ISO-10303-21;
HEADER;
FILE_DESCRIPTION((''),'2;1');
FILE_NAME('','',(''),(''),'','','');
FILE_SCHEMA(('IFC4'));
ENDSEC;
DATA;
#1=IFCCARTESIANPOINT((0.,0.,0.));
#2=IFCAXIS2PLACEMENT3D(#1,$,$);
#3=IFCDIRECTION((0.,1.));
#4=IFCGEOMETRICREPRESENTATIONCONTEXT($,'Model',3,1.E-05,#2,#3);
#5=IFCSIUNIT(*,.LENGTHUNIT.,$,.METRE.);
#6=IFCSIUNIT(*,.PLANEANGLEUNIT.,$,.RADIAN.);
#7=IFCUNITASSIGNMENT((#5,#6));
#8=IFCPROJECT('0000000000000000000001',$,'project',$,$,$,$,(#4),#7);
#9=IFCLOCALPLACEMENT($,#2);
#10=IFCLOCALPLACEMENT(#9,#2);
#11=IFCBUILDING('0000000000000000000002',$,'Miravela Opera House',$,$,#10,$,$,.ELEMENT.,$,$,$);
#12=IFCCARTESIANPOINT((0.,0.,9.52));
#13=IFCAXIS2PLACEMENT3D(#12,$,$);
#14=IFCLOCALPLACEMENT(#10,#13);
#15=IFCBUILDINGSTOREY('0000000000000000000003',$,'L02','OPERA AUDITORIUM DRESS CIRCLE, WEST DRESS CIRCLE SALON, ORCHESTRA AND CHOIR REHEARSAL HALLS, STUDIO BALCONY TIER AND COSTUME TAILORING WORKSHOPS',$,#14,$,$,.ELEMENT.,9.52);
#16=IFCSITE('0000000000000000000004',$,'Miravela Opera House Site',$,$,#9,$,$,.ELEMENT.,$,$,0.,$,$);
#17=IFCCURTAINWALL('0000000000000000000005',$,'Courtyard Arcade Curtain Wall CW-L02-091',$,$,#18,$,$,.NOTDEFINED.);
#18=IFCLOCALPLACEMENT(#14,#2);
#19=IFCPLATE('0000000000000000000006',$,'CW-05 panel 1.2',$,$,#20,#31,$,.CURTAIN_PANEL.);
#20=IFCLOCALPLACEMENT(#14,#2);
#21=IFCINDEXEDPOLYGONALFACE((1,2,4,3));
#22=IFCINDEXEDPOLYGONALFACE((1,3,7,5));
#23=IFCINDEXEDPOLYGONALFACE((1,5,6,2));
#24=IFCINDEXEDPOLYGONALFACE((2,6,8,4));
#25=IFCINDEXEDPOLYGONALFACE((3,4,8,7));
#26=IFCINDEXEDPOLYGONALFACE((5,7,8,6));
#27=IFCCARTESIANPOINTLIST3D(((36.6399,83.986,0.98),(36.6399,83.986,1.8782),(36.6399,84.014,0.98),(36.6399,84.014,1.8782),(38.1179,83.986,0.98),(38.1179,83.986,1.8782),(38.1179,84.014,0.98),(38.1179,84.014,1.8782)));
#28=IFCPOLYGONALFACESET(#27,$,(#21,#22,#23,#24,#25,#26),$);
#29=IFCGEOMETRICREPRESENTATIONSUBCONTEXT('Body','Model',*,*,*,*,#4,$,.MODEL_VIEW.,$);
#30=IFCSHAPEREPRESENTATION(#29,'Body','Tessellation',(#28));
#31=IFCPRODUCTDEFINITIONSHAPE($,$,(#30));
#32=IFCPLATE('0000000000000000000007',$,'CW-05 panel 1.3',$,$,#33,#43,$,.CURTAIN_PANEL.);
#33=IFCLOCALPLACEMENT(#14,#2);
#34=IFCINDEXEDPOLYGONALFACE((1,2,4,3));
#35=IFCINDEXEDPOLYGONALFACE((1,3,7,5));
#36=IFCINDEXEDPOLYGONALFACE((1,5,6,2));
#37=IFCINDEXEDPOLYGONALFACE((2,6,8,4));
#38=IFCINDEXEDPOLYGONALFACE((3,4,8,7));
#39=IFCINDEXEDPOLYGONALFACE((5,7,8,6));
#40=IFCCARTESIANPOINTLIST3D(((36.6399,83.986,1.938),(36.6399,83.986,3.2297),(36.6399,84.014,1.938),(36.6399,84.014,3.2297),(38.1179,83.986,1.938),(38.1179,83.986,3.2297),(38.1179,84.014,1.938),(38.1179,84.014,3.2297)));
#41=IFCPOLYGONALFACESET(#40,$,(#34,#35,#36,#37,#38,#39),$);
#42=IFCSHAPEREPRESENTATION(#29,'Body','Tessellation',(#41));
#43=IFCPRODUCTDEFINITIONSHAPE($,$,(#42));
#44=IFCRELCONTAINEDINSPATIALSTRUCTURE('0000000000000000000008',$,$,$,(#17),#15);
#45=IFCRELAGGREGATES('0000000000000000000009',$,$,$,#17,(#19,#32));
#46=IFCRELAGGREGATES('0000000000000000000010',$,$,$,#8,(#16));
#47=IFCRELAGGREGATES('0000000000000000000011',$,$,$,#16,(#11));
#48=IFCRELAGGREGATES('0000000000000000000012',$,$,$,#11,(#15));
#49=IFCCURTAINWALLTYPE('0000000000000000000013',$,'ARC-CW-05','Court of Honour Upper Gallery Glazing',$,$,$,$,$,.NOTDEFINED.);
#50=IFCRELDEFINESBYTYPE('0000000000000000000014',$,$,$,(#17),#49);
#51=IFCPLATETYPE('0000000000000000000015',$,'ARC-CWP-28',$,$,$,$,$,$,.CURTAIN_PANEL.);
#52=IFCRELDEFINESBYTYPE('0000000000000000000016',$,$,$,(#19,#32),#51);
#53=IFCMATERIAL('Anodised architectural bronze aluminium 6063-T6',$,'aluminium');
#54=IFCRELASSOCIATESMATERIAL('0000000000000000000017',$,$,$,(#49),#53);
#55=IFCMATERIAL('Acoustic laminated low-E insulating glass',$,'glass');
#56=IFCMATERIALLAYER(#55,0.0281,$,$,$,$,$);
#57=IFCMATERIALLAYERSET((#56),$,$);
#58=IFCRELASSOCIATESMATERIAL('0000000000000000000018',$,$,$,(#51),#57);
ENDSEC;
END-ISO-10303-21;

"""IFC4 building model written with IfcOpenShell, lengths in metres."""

from ifc_helpers import new_model, si_unit, direction, frame, origin, origin_2d, place, context, subcontext, project, spatial, rectangle, extrude, material, layer, layer_set, type_object, element, aggregate, save


model = new_model("IFC4")

# Units and contexts
model_context = context("Model", 3, precision=1e-05, world=origin(), true_north=direction((0.0, 1.0)))
body_context = subcontext(model_context, "Body", "Model", "MODEL_VIEW")
ifc_project = project(units=[si_unit("LENGTHUNIT", "METRE"), si_unit("PLANEANGLEUNIT", "RADIAN")], contexts=[model_context])

# Site, building, storey
site_placement = place(None, origin())
site = spatial("IfcSite", under=ifc_project, at=site_placement, Name="Miravela Opera House Site", CompositionType="ELEMENT", RefElevation=0.0)
building_placement = place(site_placement, origin())
building = spatial("IfcBuilding", under=site, at=building_placement, Name="Miravela Opera House", CompositionType="ELEMENT")
storey_placement = place(building_placement, frame((0.0, 0.0, 9.52)))
storey = spatial("IfcBuildingStorey", under=building, at=storey_placement, Name="L02", Description="OPERA AUDITORIUM DRESS CIRCLE, WEST DRESS CIRCLE SALON, ORCHESTRA AND CHOIR REHEARSAL HALLS, STUDIO BALCONY TIER AND COSTUME TAILORING WORKSHOPS", CompositionType="ELEMENT", Elevation=9.52)

# Shared definitions
ifc_material_1 = material(Name="Anodised architectural bronze aluminium 6063-T6", Category="aluminium")
curtain_wall_type = type_object("IfcCurtainWallType", Name="ARC-CW-05", Description="Court of Honour Upper Gallery Glazing", PredefinedType="NOTDEFINED", material=ifc_material_1)

# Curtain wall
curtain_wall_1_placement = place(storey_placement, origin())
curtain_wall_1 = element("IfcCurtainWall", 1, at=curtain_wall_1_placement, inside=storey, type_object=curtain_wall_type, Name="Courtyard Arcade Curtain Wall CW-L02-091", PredefinedType="NOTDEFINED")

# Plates
ifc_material_2 = material(Name="Acoustic laminated low-E insulating glass", Category="glass")
ifc_layer = layer(ifc_material_2, 0.0281)
ifc_layer_set = layer_set([ifc_layer])
plate_type = type_object("IfcPlateType", Name="ARC-CWP-28", PredefinedType="CURTAIN_PANEL", material=ifc_layer_set)
plate_1_placement = place(storey_placement, frame((37.3789, 84.0, 0.98), z_axis=(0.0, 0.0, 1.0), x_axis=(1.0, 0.0, 0.0)))
plate_1 = element("IfcPlate", 2, at=plate_1_placement, type_object=plate_type, Name="CW-05 panel 1.2", PredefinedType="CURTAIN_PANEL", context=body_context, shape_type="SweptSolid", body=[
    extrude(rectangle(XDim=1.478, YDim=0.0281, at=origin_2d()), origin(), (0.0, 0.0, 1.0), 0.8982),
])
plate_2_placement = place(storey_placement, frame((37.3789, 84.0, 1.938), z_axis=(0.0, 0.0, 1.0), x_axis=(1.0, 0.0, 0.0)))
plate_2 = element("IfcPlate", 3, at=plate_2_placement, type_object=plate_type, Name="CW-05 panel 1.3", PredefinedType="CURTAIN_PANEL", context=body_context, shape_type="SweptSolid", body=[
    extrude(rectangle(XDim=1.478, YDim=0.0281, at=origin_2d()), origin(), (0.0, 0.0, 1.0), 1.2917),
])
aggregate(curtain_wall_1, [plate_1, plate_2])

save(model, "model.ifc")
